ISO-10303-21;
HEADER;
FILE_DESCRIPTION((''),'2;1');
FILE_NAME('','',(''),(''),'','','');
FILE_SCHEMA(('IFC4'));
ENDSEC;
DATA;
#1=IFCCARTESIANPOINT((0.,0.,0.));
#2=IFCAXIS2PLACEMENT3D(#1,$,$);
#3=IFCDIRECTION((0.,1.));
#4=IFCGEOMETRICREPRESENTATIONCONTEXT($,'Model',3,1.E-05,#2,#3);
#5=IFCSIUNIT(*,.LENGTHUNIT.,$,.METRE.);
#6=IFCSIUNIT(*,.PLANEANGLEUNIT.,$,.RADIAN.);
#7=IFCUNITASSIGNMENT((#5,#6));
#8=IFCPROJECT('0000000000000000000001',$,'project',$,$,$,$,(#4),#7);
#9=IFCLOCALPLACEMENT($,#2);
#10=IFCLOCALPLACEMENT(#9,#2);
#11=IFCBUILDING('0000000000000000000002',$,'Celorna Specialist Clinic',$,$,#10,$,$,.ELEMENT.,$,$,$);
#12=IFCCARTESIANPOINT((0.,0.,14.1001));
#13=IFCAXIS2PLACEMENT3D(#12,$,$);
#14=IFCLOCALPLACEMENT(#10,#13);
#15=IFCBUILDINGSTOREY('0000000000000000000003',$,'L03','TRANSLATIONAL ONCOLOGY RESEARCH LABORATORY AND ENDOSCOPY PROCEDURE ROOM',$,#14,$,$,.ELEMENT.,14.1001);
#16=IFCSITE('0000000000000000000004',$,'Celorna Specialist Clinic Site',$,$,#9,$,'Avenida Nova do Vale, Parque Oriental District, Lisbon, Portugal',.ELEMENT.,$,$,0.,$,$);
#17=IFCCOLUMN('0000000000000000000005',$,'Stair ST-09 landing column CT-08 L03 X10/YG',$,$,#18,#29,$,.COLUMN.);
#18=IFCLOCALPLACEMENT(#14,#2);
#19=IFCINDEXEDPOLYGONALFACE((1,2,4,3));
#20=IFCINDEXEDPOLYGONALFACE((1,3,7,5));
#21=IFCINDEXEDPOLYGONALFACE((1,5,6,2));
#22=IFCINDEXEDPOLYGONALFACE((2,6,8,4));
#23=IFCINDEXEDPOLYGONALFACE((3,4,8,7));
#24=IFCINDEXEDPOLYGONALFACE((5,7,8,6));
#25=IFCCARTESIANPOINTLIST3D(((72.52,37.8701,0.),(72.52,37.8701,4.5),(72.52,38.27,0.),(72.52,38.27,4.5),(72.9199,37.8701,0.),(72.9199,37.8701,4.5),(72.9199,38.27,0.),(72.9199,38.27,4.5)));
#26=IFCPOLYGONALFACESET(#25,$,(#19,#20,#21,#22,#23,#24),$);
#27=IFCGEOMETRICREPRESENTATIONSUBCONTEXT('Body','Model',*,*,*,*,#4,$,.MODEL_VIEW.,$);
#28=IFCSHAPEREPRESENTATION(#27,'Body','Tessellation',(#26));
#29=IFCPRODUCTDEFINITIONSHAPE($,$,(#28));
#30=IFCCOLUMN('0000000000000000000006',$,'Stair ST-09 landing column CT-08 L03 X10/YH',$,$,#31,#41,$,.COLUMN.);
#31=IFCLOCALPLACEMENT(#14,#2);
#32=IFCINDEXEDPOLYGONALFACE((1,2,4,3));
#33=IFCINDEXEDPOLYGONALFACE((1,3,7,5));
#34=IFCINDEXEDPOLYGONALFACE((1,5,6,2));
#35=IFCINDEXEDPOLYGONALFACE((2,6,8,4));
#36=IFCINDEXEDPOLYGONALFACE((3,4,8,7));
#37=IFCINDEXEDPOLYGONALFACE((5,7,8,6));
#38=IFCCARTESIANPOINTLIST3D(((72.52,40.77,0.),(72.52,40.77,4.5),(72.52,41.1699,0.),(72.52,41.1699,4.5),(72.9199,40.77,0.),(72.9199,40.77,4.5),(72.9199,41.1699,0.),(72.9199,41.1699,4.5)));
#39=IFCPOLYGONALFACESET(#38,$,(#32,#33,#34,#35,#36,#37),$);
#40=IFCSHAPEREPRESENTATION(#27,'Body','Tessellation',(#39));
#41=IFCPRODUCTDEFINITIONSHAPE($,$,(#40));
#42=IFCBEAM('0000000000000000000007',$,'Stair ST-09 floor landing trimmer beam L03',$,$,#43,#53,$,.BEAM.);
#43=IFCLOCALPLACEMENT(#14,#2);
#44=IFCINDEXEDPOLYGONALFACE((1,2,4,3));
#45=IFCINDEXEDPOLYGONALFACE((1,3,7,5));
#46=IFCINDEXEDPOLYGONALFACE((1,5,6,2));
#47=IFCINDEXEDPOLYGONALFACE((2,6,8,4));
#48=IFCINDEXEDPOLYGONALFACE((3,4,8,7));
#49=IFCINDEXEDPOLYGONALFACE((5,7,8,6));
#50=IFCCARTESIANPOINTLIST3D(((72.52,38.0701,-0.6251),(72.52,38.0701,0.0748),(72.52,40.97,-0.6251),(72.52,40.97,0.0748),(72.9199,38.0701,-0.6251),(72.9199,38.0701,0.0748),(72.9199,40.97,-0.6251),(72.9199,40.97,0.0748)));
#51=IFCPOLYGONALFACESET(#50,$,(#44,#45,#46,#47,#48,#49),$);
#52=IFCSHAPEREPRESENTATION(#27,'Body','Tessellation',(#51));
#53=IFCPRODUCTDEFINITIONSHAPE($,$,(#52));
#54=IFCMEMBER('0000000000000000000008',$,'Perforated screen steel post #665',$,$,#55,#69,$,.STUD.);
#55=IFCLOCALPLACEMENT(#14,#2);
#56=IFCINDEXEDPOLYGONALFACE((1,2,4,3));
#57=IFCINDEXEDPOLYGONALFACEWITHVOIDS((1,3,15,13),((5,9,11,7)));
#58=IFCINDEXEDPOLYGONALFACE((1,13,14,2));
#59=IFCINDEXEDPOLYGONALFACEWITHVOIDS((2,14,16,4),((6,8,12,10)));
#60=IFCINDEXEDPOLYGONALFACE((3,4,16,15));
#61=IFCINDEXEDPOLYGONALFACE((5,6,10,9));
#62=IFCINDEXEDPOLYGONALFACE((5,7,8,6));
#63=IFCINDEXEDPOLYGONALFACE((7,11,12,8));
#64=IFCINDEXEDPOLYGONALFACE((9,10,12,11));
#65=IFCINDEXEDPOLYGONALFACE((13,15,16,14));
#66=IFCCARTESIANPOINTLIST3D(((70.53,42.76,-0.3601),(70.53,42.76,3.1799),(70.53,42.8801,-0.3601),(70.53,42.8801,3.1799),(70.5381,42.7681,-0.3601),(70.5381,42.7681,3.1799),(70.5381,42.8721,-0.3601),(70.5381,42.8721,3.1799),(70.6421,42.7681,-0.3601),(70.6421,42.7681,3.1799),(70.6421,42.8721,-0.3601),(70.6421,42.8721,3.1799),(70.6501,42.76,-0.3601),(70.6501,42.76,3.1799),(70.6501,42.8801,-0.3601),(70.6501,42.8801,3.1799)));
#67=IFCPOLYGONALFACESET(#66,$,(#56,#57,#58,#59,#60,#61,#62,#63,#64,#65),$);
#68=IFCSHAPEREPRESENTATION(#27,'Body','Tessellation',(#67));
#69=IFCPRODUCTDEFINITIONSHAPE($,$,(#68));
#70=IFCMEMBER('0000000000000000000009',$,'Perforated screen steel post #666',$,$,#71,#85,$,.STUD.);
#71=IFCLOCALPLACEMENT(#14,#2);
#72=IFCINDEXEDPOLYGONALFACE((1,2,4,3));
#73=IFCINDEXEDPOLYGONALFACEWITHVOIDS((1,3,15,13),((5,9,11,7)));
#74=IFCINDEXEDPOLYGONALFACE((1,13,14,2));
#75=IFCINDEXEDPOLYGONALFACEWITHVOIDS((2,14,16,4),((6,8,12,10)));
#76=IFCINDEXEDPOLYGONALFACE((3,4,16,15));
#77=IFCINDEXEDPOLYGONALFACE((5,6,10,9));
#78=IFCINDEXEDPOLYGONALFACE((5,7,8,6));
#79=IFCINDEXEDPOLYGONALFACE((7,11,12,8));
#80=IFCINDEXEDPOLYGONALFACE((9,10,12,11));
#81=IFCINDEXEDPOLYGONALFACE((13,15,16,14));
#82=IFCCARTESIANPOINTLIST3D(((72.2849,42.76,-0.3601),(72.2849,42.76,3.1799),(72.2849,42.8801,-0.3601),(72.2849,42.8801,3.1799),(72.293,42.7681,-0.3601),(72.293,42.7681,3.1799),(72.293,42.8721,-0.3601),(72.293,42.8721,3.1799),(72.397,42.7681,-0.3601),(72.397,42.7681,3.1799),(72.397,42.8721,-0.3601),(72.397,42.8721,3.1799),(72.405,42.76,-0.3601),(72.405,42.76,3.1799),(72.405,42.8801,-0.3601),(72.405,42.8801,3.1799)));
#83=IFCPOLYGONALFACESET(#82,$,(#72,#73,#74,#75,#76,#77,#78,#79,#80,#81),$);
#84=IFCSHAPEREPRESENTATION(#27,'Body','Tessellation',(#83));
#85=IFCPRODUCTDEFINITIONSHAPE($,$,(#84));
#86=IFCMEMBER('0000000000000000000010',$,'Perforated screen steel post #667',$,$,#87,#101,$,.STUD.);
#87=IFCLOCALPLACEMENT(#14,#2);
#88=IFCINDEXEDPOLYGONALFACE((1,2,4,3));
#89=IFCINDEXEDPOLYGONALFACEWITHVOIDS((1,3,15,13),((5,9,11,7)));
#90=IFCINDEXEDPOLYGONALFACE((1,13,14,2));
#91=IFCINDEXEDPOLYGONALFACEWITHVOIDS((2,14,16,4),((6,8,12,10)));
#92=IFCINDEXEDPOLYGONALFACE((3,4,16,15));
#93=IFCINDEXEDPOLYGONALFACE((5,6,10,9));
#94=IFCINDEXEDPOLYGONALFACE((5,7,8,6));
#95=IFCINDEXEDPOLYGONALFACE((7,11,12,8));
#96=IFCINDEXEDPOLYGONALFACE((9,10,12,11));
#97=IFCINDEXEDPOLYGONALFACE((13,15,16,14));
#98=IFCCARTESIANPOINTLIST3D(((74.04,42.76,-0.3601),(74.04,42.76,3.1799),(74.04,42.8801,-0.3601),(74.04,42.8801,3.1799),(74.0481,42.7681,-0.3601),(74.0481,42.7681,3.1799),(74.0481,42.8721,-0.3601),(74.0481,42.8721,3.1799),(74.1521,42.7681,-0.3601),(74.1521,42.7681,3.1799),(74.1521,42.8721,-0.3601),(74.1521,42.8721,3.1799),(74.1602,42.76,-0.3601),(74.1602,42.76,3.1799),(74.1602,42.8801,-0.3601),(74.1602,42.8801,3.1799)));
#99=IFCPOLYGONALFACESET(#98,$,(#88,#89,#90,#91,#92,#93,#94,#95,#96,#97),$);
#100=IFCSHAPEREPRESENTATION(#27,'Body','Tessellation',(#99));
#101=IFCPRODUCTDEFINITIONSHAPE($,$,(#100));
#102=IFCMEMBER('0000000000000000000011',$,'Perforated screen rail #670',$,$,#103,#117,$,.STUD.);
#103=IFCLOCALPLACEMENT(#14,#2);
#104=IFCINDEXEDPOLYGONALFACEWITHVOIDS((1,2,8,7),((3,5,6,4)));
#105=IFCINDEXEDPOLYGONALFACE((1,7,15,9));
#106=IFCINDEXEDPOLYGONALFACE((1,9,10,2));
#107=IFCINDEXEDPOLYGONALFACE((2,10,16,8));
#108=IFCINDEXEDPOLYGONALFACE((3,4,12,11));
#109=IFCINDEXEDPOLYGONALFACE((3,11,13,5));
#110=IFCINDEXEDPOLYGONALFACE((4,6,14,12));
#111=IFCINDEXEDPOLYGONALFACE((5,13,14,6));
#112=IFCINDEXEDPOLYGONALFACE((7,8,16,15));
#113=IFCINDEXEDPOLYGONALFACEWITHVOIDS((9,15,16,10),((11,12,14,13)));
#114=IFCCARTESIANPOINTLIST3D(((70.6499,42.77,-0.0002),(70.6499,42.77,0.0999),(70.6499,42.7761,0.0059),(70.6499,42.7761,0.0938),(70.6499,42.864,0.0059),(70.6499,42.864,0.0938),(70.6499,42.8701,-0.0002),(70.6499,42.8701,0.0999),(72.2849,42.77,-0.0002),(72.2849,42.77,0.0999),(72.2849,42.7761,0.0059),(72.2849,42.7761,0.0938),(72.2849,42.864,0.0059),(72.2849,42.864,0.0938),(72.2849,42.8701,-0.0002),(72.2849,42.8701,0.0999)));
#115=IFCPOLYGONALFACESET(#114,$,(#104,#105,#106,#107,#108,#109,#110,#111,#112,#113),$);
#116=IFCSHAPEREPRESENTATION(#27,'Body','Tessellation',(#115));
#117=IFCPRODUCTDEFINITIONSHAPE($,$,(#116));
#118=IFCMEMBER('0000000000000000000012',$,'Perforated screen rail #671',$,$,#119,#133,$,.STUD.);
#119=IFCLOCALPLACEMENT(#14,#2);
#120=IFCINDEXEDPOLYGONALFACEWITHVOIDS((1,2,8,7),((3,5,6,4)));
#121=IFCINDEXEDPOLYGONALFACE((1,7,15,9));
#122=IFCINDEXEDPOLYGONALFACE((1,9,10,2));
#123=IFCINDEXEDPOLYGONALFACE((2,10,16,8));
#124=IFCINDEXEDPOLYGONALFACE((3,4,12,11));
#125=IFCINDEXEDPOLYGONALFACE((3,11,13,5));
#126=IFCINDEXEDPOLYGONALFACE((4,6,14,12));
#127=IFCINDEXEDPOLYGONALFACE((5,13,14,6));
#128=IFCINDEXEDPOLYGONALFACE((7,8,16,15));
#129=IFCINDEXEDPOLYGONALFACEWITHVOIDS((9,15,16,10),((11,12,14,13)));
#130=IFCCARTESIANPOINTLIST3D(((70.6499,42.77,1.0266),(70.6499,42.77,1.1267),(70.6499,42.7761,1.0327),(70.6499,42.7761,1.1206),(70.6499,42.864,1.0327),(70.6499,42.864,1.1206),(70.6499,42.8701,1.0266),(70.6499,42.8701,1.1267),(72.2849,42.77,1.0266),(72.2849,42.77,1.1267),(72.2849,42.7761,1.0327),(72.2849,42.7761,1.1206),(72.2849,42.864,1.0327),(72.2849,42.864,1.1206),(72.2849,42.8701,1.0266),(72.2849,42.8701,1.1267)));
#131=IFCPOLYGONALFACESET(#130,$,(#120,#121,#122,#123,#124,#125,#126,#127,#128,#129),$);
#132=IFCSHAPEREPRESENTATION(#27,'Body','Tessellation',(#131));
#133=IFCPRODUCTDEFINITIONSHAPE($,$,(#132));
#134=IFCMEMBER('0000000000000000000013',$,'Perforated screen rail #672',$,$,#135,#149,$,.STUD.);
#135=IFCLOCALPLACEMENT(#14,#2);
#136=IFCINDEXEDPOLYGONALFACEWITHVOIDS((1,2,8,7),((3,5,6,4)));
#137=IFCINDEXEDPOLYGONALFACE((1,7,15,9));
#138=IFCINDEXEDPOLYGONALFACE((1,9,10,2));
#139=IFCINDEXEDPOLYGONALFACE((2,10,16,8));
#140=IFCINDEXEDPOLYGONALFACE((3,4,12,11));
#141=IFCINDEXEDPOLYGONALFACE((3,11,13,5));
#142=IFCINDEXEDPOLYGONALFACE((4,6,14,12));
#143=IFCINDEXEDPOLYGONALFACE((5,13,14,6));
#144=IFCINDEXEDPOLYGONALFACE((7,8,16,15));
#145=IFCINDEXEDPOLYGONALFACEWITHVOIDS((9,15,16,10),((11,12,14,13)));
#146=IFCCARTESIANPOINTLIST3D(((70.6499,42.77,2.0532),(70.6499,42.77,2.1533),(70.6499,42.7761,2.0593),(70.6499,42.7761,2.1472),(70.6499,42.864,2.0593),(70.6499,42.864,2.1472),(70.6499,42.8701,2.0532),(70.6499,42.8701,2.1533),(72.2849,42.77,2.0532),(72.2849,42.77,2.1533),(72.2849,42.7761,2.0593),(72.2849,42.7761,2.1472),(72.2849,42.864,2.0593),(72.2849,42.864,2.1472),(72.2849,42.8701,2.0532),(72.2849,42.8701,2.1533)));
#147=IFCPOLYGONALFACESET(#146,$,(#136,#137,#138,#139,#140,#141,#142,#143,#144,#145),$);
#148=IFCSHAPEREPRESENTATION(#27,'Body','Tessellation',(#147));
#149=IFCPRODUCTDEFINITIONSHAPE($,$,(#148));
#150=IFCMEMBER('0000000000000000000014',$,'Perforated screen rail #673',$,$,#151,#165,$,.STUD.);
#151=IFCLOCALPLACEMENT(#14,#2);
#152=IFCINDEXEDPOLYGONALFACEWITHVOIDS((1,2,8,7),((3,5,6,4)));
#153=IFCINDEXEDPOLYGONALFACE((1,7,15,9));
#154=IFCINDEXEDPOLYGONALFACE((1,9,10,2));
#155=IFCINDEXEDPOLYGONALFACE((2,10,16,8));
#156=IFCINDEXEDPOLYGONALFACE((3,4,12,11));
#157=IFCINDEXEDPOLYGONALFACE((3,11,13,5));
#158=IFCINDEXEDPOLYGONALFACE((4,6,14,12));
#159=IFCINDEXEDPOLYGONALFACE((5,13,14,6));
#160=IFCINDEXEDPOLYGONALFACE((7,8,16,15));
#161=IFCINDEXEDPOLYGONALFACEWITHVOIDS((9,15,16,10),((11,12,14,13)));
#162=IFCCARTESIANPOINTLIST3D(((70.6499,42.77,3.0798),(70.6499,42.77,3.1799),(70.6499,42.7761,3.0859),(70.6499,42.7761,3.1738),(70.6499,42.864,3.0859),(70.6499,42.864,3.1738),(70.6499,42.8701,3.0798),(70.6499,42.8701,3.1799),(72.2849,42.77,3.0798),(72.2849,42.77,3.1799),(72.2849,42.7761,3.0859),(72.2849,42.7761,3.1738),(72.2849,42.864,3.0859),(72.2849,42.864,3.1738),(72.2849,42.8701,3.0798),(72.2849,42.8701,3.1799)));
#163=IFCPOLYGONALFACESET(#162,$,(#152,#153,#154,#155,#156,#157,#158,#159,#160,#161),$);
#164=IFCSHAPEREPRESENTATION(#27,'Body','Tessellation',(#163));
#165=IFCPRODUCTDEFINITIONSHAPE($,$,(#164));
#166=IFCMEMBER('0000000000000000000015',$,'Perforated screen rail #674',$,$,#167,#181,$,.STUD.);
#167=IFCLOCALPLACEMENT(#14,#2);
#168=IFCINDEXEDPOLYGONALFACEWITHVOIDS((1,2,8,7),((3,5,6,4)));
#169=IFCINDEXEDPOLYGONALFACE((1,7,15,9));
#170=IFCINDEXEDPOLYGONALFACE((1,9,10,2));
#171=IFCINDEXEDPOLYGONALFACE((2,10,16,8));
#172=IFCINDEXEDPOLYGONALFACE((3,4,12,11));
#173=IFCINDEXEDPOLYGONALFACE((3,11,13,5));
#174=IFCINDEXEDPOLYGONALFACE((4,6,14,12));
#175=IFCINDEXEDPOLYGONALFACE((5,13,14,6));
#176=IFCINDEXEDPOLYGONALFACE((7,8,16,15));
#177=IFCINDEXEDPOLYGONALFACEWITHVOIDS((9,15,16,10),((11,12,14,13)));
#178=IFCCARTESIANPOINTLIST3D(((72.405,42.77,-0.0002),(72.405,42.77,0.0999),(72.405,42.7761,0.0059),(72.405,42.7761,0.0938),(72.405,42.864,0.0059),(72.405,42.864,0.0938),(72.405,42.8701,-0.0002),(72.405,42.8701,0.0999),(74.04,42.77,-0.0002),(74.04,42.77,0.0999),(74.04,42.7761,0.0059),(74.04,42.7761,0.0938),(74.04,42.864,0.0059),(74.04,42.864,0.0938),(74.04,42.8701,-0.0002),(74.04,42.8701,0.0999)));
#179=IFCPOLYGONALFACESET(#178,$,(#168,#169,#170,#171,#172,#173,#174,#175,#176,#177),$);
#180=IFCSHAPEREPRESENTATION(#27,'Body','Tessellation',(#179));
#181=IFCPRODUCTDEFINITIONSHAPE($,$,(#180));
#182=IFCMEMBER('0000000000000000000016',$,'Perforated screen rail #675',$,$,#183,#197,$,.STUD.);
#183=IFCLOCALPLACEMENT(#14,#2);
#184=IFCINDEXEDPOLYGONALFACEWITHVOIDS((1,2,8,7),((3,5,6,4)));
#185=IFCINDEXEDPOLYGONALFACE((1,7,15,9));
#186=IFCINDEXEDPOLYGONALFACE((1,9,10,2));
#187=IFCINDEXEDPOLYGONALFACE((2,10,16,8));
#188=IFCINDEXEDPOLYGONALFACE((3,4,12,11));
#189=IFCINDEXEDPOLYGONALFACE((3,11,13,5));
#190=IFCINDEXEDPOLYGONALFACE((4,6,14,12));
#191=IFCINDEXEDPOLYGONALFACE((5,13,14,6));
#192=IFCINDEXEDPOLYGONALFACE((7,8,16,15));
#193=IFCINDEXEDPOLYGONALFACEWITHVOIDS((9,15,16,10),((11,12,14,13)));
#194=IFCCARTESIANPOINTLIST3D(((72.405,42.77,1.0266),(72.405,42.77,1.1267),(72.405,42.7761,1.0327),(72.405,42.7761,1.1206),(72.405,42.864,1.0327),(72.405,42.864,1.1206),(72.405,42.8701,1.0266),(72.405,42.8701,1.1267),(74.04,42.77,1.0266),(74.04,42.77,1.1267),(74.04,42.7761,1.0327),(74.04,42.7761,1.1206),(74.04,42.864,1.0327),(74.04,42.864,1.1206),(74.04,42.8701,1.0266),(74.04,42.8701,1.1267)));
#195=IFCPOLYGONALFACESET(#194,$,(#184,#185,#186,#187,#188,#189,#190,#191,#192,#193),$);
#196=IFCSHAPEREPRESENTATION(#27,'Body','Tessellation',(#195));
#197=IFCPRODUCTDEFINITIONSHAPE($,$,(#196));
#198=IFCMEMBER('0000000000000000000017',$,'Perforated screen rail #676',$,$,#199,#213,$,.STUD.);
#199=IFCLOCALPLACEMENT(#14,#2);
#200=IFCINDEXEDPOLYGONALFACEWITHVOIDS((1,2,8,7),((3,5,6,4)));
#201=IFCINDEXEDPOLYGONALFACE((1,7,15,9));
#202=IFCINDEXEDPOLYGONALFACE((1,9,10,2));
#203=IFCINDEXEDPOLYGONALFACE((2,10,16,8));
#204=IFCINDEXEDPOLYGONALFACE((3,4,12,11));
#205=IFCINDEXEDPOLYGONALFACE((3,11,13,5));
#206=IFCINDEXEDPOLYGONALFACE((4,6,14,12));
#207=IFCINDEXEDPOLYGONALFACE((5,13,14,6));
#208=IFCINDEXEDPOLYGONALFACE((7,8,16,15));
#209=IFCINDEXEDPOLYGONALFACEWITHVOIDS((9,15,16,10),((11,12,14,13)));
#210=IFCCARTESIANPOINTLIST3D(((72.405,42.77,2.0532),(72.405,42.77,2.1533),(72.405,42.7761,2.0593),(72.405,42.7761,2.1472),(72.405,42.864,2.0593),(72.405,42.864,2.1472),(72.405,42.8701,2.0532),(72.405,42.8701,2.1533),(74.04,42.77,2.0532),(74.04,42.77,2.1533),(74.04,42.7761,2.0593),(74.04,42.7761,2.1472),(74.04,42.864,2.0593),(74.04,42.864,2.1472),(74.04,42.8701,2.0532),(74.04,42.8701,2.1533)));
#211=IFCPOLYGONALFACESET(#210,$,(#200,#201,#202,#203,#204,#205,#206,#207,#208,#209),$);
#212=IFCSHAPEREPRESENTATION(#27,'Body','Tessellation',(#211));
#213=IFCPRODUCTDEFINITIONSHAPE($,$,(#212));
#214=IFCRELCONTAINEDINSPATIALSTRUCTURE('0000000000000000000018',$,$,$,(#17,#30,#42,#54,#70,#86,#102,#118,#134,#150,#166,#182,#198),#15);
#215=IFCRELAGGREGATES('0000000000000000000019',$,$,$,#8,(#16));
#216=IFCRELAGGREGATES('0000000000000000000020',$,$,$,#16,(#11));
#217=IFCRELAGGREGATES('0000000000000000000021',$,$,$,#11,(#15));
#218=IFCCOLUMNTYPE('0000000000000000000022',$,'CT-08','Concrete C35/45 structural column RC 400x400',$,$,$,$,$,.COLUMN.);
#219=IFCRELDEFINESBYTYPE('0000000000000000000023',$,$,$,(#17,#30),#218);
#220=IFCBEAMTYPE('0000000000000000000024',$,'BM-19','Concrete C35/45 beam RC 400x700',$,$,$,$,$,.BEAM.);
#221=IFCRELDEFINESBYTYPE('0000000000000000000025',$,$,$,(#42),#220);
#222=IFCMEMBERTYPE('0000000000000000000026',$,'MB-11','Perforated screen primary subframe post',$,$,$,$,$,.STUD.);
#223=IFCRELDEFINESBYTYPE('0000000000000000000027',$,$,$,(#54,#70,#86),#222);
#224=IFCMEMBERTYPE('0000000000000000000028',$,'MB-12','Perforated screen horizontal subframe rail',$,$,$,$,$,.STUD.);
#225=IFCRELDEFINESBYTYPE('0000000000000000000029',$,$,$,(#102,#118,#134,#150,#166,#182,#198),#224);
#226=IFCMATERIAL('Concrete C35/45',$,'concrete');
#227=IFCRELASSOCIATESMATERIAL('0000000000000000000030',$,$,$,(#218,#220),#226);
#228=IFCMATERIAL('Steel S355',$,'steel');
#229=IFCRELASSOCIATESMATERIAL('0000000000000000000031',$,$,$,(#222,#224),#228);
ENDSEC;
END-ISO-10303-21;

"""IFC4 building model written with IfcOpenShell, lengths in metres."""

from ifc_helpers import new_model, si_unit, direction, frame, origin, origin_2d, place, context, subcontext, project, spatial, rectangle, hollow_rectangle, extrude, material, material_profile, profile_set, type_object, element, save


model = new_model("IFC4")

# Units and contexts
model_context = context("Model", 3, precision=1e-05, world=origin(), true_north=direction((0.0, 1.0)))
body_context = subcontext(model_context, "Body", "Model", "MODEL_VIEW")
ifc_project = project(units=[si_unit("LENGTHUNIT", "METRE"), si_unit("PLANEANGLEUNIT", "RADIAN")], contexts=[model_context])

# Site, building, storey
site_placement = place(None, origin())
site = spatial("IfcSite", under=ifc_project, at=site_placement, Name="Celorna Specialist Clinic Site", LongName="Avenida Nova do Vale, Parque Oriental District, Lisbon, Portugal", CompositionType="ELEMENT", RefElevation=0.0)
building_placement = place(site_placement, origin())
building = spatial("IfcBuilding", under=site, at=building_placement, Name="Celorna Specialist Clinic", CompositionType="ELEMENT")
storey_placement = place(building_placement, frame((0.0, 0.0, 14.1001)))
storey = spatial("IfcBuildingStorey", under=building, at=storey_placement, Name="L03", Description="TRANSLATIONAL ONCOLOGY RESEARCH LABORATORY AND ENDOSCOPY PROCEDURE ROOM", CompositionType="ELEMENT", Elevation=14.1001)

# Columns
ifc_material_1 = material(Name="Concrete C35/45", Category="concrete")
ifc_material_profile_1 = material_profile(ifc_material_1, rectangle(XDim=0.3999, YDim=0.3999, at=origin_2d()), Name="RC 400x400")
ifc_profile_set_1 = profile_set([ifc_material_profile_1], Name="Concrete C35/45")
column_type = type_object("IfcColumnType", Name="CT-08", Description="Concrete C35/45 structural column RC 400x400", PredefinedType="COLUMN", material=ifc_profile_set_1)
for number, where, z_axis, x_axis, name in (
    (1, (72.72, 38.0701, 0.0), (0.0, 0.0, 1.0), (1.0, 0.0, 0.0), "Stair ST-09 landing column CT-08 L03 X10/YG"),
    (2, (72.72, 40.97, 0.0), (0.0, 0.0, 1.0), (1.0, 0.0, 0.0), "Stair ST-09 landing column CT-08 L03 X10/YH"),
):
    element("IfcColumn", number, at=place(storey_placement, frame(where, z_axis=z_axis, x_axis=x_axis)), inside=storey, type_object=column_type, Name=name, PredefinedType="COLUMN", context=body_context, shape_type="SweptSolid", body=[
        extrude(rectangle(XDim=0.3999, YDim=0.3999, at=origin_2d()), origin(), (0.0, 0.0, 1.0), 4.5),
    ])

# Beam
ifc_material_profile_2 = material_profile(ifc_material_1, rectangle(XDim=0.3999, YDim=0.7, at=origin_2d()), Name="RC 400x700")
ifc_profile_set_2 = profile_set([ifc_material_profile_2], Name="Concrete C35/45")
beam_type = type_object("IfcBeamType", Name="BM-19", Description="Concrete C35/45 beam RC 400x700", PredefinedType="BEAM", material=ifc_profile_set_2)
beam_placement = place(storey_placement, frame((72.72, 38.0701, -0.2751), z_axis=(0.0, 1.0, 0.0), x_axis=(-1.0, 0.0, 0.0)))
element("IfcBeam", 3, at=beam_placement, inside=storey, type_object=beam_type, Name="Stair ST-09 floor landing trimmer beam L03", PredefinedType="BEAM", context=body_context, shape_type="SweptSolid", body=[
    extrude(rectangle(XDim=0.3999, YDim=0.7, at=origin_2d()), origin(), (0.0, 0.0, 1.0), 2.8999),
])

# Members
ifc_material_2 = material(Name="Steel S355", Category="steel")
ifc_material_profile_3 = material_profile(ifc_material_2, hollow_rectangle(XDim=0.1201, YDim=0.1201, WallThickness=0.0081, at=origin_2d()), Name="SHS 120x120x8")
ifc_profile_set_3 = profile_set([ifc_material_profile_3], Name="Steel S355")
member_type_1 = type_object("IfcMemberType", Name="MB-11", Description="Perforated screen primary subframe post", PredefinedType="STUD", material=ifc_profile_set_3)
for number, where, z_axis, x_axis, name in (
    (4, (70.5901, 42.8201, -0.3601), (0.0, 0.0, 1.0), (1.0, 0.0, 0.0), "Perforated screen steel post #665"),
    (5, (72.345, 42.8201, -0.3601), (0.0, 0.0, 1.0), (1.0, 0.0, 0.0), "Perforated screen steel post #666"),
    (6, (74.1001, 42.8201, -0.3601), (0.0, 0.0, 1.0), (1.0, 0.0, 0.0), "Perforated screen steel post #667"),
):
    element("IfcMember", number, at=place(storey_placement, frame(where, z_axis=z_axis, x_axis=x_axis)), inside=storey, type_object=member_type_1, Name=name, PredefinedType="STUD", context=body_context, shape_type="SweptSolid", body=[
        extrude(hollow_rectangle(XDim=0.1201, YDim=0.1201, WallThickness=0.0081, at=origin_2d()), origin(), (0.0, 0.0, 1.0), 3.54),
    ])
ifc_material_profile_4 = material_profile(ifc_material_2, hollow_rectangle(XDim=0.1001, YDim=0.1001, WallThickness=0.0061, at=origin_2d()), Name="SHS 100x100x6")
ifc_profile_set_4 = profile_set([ifc_material_profile_4], Name="Steel S355")
member_type_2 = type_object("IfcMemberType", Name="MB-12", Description="Perforated screen horizontal subframe rail", PredefinedType="STUD", material=ifc_profile_set_4)
for number, where, z_axis, x_axis, name in (
    (7, (70.6499, 42.8201, 0.0498), (1.0, 0.0, 0.0), (0.0, 1.0, 0.0), "Perforated screen rail #670"),
    (8, (70.6499, 42.8201, 1.0767), (1.0, 0.0, 0.0), (0.0, 1.0, 0.0), "Perforated screen rail #671"),
    (9, (70.6499, 42.8201, 2.1033), (1.0, 0.0, 0.0), (0.0, 1.0, 0.0), "Perforated screen rail #672"),
    (10, (70.6499, 42.8201, 3.1299), (1.0, 0.0, 0.0), (0.0, 1.0, 0.0), "Perforated screen rail #673"),
    (11, (72.405, 42.8201, 0.0498), (1.0, 0.0, 0.0), (0.0, 1.0, 0.0), "Perforated screen rail #674"),
    (12, (72.405, 42.8201, 1.0767), (1.0, 0.0, 0.0), (0.0, 1.0, 0.0), "Perforated screen rail #675"),
    (13, (72.405, 42.8201, 2.1033), (1.0, 0.0, 0.0), (0.0, 1.0, 0.0), "Perforated screen rail #676"),
):
    element("IfcMember", number, at=place(storey_placement, frame(where, z_axis=z_axis, x_axis=x_axis)), inside=storey, type_object=member_type_2, Name=name, PredefinedType="STUD", context=body_context, shape_type="SweptSolid", body=[
        extrude(hollow_rectangle(XDim=0.1001, YDim=0.1001, WallThickness=0.0061, at=origin_2d()), origin(), (0.0, 0.0, 1.0), 1.635),
    ])

save(model, "model.ifc")
